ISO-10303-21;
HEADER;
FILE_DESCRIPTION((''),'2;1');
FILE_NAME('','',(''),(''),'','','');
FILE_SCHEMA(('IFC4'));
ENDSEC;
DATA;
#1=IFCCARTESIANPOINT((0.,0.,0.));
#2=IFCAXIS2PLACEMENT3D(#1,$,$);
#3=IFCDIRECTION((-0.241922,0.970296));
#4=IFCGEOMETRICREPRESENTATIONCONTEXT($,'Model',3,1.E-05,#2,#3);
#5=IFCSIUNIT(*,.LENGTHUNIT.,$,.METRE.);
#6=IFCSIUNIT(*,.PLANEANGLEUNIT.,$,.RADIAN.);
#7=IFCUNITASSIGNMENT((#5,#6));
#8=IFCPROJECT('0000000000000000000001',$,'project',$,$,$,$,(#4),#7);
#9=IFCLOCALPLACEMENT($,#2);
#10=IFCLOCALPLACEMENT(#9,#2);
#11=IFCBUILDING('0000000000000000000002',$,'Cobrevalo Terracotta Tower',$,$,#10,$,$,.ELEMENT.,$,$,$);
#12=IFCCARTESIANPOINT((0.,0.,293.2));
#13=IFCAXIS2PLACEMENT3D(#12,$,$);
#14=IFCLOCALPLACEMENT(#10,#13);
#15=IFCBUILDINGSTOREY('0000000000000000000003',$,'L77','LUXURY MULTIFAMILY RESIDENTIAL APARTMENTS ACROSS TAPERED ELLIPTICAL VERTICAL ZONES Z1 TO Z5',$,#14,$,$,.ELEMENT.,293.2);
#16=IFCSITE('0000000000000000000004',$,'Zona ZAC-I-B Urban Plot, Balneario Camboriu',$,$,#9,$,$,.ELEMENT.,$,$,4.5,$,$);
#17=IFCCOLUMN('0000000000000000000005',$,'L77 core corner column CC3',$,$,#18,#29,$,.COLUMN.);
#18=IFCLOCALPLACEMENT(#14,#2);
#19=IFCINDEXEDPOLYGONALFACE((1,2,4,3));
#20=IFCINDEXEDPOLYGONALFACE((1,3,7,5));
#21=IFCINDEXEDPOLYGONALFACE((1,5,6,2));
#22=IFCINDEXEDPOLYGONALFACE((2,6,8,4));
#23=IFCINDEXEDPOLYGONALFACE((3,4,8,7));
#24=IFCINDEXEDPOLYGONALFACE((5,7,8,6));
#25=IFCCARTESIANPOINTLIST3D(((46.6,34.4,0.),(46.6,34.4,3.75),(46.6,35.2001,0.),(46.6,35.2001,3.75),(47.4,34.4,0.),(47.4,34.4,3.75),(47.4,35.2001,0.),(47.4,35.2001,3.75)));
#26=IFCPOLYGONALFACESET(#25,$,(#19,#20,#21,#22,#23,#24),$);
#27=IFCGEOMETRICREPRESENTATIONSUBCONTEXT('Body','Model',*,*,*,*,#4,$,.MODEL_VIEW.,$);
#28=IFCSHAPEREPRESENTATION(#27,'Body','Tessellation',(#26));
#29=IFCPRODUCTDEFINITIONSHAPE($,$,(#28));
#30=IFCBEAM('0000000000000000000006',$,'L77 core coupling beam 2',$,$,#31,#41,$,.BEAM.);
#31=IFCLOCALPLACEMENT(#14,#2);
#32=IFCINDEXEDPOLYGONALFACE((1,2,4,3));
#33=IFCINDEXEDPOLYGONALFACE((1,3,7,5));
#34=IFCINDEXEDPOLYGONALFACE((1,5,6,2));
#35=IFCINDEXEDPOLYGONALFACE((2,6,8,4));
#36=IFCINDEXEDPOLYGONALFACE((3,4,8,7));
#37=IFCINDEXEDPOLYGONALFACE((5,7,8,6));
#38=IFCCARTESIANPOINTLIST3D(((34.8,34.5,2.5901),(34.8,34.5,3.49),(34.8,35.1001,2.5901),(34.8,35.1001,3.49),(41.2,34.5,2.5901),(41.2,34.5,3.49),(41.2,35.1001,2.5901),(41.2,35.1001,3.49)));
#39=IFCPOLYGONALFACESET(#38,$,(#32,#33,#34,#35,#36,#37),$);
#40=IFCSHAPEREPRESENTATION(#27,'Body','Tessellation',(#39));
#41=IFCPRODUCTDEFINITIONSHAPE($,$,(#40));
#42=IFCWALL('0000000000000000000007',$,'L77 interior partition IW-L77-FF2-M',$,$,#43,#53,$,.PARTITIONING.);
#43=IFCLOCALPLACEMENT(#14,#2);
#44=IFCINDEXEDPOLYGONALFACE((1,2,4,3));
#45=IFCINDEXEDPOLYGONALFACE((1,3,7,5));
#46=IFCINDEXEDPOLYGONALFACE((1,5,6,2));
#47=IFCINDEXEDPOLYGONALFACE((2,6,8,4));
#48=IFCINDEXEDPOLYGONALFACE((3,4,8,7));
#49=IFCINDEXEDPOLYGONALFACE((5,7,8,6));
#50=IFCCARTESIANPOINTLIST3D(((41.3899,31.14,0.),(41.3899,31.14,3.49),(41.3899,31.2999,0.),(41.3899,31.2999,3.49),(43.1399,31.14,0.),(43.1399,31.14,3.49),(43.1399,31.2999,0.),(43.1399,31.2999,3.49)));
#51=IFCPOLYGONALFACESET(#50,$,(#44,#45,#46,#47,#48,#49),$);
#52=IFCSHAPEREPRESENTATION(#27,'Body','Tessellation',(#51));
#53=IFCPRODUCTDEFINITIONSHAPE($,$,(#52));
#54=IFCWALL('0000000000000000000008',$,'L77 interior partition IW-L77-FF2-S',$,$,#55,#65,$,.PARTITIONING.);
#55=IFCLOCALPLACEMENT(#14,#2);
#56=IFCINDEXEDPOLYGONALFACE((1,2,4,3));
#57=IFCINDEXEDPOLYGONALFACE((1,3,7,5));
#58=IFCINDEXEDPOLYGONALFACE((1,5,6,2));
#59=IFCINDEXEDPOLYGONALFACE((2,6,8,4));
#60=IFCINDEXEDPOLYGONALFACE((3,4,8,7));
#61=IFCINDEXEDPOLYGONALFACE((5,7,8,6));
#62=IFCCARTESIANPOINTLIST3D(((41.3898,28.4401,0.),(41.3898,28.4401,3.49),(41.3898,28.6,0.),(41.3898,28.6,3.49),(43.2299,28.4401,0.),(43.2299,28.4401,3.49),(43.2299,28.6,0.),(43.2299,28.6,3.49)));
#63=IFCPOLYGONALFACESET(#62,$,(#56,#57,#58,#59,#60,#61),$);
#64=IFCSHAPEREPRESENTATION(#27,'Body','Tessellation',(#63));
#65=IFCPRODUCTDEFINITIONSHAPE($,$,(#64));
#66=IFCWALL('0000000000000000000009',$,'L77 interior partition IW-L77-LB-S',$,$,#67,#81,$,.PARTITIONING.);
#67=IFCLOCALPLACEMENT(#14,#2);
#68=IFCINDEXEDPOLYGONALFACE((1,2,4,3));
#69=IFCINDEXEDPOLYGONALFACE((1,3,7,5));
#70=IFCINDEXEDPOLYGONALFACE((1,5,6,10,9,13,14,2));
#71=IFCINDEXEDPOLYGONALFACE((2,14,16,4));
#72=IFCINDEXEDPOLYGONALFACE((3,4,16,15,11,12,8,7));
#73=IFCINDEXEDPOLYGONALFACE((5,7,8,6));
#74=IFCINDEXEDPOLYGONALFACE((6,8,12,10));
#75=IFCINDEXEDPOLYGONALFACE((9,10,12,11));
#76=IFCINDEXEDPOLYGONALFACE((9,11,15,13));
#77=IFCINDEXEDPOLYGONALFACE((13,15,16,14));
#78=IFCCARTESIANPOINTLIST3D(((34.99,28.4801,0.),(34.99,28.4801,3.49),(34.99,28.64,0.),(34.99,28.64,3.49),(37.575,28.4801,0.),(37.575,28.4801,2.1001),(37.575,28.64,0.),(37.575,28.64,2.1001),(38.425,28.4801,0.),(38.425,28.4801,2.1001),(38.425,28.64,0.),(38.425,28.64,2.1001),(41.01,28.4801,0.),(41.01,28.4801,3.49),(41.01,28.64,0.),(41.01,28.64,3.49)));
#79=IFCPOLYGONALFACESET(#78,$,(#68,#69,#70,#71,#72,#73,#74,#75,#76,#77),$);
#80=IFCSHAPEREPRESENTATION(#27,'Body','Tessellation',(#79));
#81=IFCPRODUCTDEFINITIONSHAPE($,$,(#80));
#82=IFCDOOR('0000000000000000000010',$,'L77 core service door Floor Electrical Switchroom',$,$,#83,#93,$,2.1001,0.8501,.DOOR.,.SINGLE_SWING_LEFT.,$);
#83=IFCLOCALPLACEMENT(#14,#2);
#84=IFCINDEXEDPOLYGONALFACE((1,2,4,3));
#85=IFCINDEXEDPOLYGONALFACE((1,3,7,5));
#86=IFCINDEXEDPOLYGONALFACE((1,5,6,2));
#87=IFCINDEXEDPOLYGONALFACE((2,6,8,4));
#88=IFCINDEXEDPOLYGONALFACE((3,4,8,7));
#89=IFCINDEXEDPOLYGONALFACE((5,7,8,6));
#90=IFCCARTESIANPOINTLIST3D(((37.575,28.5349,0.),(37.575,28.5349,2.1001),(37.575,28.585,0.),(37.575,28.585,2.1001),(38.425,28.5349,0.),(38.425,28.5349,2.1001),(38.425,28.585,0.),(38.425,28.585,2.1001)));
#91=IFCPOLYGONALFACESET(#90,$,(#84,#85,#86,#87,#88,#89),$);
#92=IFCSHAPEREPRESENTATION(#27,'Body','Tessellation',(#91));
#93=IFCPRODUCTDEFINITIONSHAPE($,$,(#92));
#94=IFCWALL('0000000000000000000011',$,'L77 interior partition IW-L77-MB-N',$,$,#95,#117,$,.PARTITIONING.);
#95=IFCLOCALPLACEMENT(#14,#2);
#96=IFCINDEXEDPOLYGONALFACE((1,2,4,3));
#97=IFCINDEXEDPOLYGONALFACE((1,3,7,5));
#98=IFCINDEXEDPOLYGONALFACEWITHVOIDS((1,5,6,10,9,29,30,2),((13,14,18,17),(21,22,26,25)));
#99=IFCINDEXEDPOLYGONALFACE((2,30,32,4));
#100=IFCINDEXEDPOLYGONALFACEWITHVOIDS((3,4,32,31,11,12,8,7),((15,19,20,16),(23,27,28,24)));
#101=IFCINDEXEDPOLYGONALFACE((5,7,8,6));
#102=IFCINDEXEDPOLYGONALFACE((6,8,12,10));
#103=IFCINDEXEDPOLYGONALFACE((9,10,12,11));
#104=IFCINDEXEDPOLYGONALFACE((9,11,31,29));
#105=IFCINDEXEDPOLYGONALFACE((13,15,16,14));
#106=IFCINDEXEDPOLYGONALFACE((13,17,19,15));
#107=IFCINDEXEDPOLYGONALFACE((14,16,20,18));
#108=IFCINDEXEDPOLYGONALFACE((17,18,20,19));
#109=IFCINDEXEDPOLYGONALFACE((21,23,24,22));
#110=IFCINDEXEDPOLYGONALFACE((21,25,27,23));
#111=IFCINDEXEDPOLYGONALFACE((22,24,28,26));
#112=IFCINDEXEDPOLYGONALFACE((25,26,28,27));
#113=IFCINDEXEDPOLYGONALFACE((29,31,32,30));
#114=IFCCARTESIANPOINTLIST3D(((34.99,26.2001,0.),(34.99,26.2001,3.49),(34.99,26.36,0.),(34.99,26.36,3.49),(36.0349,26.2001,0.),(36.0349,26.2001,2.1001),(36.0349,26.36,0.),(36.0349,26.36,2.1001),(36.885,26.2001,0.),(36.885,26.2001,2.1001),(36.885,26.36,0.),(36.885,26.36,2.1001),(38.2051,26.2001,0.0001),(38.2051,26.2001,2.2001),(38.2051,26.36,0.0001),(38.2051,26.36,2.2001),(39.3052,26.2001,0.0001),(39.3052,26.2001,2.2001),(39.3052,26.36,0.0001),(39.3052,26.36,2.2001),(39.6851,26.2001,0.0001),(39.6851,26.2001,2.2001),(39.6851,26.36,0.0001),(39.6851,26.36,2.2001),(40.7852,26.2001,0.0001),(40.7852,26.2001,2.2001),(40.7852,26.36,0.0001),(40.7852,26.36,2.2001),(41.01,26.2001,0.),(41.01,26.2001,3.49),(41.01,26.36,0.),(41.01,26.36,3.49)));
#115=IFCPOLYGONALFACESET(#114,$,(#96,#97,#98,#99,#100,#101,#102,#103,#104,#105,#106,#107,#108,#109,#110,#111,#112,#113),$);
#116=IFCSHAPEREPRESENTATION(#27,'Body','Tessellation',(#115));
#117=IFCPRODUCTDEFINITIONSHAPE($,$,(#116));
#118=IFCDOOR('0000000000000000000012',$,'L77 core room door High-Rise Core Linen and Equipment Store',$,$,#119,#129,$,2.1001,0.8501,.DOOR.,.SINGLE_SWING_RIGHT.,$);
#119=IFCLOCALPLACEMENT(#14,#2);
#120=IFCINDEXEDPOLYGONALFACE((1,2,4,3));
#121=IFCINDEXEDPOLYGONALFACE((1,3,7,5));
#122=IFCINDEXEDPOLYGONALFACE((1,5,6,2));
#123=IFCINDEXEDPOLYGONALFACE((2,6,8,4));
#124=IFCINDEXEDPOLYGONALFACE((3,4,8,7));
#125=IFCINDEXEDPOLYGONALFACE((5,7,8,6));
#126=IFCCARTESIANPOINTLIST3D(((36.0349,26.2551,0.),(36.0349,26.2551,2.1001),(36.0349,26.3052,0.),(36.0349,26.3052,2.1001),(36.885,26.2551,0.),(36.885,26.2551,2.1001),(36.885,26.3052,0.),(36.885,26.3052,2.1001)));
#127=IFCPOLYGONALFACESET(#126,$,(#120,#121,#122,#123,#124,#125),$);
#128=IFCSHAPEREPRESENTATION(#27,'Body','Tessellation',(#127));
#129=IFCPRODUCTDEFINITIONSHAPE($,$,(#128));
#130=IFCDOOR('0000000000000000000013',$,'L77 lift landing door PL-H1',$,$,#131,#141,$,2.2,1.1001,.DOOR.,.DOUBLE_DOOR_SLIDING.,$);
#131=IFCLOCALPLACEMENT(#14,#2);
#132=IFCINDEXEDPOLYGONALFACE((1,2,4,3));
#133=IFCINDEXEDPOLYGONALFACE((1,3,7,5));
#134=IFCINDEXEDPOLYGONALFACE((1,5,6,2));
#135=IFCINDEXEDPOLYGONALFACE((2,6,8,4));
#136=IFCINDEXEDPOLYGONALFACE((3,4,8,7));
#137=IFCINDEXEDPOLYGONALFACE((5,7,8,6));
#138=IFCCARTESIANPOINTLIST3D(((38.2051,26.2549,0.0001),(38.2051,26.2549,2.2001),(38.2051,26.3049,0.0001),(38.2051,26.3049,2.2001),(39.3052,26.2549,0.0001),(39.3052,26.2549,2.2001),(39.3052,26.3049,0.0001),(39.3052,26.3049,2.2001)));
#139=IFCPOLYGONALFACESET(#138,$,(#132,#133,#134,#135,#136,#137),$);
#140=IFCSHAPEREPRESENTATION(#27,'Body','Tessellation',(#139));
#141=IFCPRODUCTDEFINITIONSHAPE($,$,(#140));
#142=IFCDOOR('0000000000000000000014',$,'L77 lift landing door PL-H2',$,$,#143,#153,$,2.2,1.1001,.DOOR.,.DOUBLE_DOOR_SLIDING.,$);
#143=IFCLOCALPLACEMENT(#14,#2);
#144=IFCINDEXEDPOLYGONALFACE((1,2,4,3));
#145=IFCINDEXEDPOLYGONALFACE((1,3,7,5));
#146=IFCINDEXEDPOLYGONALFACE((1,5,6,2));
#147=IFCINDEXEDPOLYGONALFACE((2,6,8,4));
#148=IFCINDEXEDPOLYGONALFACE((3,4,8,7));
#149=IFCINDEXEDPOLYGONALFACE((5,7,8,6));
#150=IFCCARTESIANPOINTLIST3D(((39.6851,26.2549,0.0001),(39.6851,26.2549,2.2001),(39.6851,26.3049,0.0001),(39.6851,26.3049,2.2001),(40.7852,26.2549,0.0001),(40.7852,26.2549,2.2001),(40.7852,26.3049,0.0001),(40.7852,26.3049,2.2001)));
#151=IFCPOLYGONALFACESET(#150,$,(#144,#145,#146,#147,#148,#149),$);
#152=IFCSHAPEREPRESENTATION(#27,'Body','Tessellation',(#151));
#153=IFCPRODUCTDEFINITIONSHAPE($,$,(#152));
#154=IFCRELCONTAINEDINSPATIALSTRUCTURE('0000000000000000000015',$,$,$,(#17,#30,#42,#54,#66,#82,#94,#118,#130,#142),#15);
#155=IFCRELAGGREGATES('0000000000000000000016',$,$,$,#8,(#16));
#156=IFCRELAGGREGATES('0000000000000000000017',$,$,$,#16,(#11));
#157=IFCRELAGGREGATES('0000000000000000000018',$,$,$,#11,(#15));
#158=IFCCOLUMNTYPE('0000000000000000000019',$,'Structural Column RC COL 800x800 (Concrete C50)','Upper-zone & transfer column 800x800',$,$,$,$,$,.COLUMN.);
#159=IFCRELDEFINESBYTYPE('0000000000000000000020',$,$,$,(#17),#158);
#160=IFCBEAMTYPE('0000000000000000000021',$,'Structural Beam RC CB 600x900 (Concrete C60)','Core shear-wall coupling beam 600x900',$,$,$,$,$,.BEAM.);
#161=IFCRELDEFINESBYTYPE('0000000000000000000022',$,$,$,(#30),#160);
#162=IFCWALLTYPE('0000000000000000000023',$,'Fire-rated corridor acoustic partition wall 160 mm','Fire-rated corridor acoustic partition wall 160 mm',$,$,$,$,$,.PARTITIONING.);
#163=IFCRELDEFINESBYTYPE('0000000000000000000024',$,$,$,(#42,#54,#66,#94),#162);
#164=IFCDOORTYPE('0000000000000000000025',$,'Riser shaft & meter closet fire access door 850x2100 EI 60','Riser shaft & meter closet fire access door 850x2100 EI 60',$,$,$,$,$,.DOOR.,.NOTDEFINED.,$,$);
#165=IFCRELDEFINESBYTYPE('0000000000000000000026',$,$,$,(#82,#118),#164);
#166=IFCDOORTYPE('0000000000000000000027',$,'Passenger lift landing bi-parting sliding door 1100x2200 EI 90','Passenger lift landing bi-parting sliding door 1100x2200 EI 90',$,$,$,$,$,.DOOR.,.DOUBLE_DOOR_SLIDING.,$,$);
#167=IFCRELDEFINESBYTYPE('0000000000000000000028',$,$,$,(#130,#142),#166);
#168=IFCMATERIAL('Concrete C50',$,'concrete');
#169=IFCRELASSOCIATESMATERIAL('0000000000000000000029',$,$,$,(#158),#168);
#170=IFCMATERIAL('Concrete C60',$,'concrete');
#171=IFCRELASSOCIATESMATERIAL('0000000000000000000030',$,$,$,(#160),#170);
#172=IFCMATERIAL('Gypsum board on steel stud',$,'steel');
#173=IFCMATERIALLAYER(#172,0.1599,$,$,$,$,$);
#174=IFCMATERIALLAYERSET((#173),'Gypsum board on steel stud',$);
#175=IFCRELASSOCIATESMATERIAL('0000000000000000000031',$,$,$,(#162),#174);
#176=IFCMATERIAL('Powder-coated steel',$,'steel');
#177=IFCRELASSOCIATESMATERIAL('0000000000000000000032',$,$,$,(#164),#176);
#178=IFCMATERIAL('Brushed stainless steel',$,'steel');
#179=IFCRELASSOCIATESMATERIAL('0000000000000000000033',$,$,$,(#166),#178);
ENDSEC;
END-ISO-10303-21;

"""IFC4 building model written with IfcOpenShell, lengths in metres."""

from ifc_helpers import new_model, si_unit, direction, frame, frame_2d, origin, origin_2d, place, context, subcontext, project, spatial, rectangle, extrude, source, transform, mapped, material, layer, layer_set, material_profile, profile_set, type_object, element, fill, save


model = new_model("IFC4")

# Units and contexts
model_context = context("Model", 3, precision=1e-05, world=origin(), true_north=direction((-0.241922, 0.970296)))
body_context = subcontext(model_context, "Body", "Model", "MODEL_VIEW")
ifc_project = project(units=[si_unit("LENGTHUNIT", "METRE"), si_unit("PLANEANGLEUNIT", "RADIAN")], contexts=[model_context])

# Site, building, storey
site_placement = place(None, origin())
site = spatial("IfcSite", under=ifc_project, at=site_placement, Name="Zona ZAC-I-B Urban Plot, Balneario Camboriu", CompositionType="ELEMENT", RefElevation=4.5)
building_placement = place(site_placement, origin())
building = spatial("IfcBuilding", under=site, at=building_placement, Name="Cobrevalo Terracotta Tower", CompositionType="ELEMENT")
storey_placement = place(building_placement, frame((0.0, 0.0, 293.2)))
storey = spatial("IfcBuildingStorey", under=building, at=storey_placement, Name="L77", Description="LUXURY MULTIFAMILY RESIDENTIAL APARTMENTS ACROSS TAPERED ELLIPTICAL VERTICAL ZONES Z1 TO Z5", CompositionType="ELEMENT", Elevation=293.2)

# Column
ifc_material_1 = material(Name="Concrete C50", Category="concrete")
ifc_material_profile_1 = material_profile(ifc_material_1, rectangle(XDim=0.8, YDim=0.8, at=origin_2d()), Name="RC COL 800x800")
ifc_profile_set_1 = profile_set([ifc_material_profile_1], Name="Concrete C50")
column_type = type_object("IfcColumnType", Name="Structural Column RC COL 800x800 (Concrete C50)", Description="Upper-zone & transfer column 800x800", PredefinedType="COLUMN", material=ifc_profile_set_1)
column_placement = place(storey_placement, frame((47.0, 34.8, 0.0), z_axis=(0.0, 0.0, 1.0), x_axis=(1.0, 0.0, 0.0)))
element("IfcColumn", 1, at=column_placement, inside=storey, type_object=column_type, Name="L77 core corner column CC3", PredefinedType="COLUMN", context=body_context, shape_type="SweptSolid", body=[
    extrude(rectangle(XDim=0.8, YDim=0.8, at=origin_2d()), origin(), (0.0, 0.0, 1.0), 3.75),
])

# Beam
ifc_material_2 = material(Name="Concrete C60", Category="concrete")
ifc_material_profile_2 = material_profile(ifc_material_2, rectangle(XDim=0.6001, YDim=0.8999, at=origin_2d()), Name="RC CB 600x900")
ifc_profile_set_2 = profile_set([ifc_material_profile_2], Name="Concrete C60")
beam_type = type_object("IfcBeamType", Name="Structural Beam RC CB 600x900 (Concrete C60)", Description="Core shear-wall coupling beam 600x900", PredefinedType="BEAM", material=ifc_profile_set_2)
beam_placement = place(storey_placement, frame((34.8, 34.8, 3.04), z_axis=(1.0, 0.0, 0.0), x_axis=(0.0, 1.0, 0.0)))
element("IfcBeam", 2, at=beam_placement, inside=storey, type_object=beam_type, Name="L77 core coupling beam 2", PredefinedType="BEAM", context=body_context, shape_type="SweptSolid", body=[
    extrude(rectangle(XDim=0.6001, YDim=0.8999, at=origin_2d()), origin(), (0.0, 0.0, 1.0), 6.3999),
])

# Walls
ifc_material_3 = material(Name="Gypsum board on steel stud", Category="steel")
ifc_layer_1 = layer(ifc_material_3, 0.1599)
ifc_layer_set_1 = layer_set([ifc_layer_1], Name="Gypsum board on steel stud")
wall_type_1 = type_object("IfcWallType", Name="Fire-rated corridor acoustic partition wall 160 mm", Description="Fire-rated corridor acoustic partition wall 160 mm", PredefinedType="PARTITIONING", material=ifc_layer_set_1)
wall_1_placement = place(storey_placement, frame((41.3899, 31.22, 0.0), z_axis=(0.0, 0.0, 1.0), x_axis=(1.0, 0.0, 0.0)))
element("IfcWall", 3, at=wall_1_placement, inside=storey, type_object=wall_type_1, Name="L77 interior partition IW-L77-FF2-M", PredefinedType="PARTITIONING", context=body_context, shape_type="SweptSolid", body=[
    extrude(rectangle(XDim=1.75, YDim=0.1599, at=frame_2d((0.875, 0.0))), origin(), (0.0, 0.0, 1.0), 3.49),
])
wall_2_placement = place(storey_placement, frame((41.3899, 28.52, 0.0), z_axis=(0.0, 0.0, 1.0), x_axis=(1.0, 0.0, 0.0)))
element("IfcWall", 4, at=wall_2_placement, inside=storey, type_object=wall_type_1, Name="L77 interior partition IW-L77-FF2-S", PredefinedType="PARTITIONING", context=body_context, shape_type="SweptSolid", body=[
    extrude(rectangle(XDim=1.8401, YDim=0.1599, at=frame_2d((0.9199, 0.0))), origin(), (0.0, 0.0, 1.0), 3.49),
])

# Wall, opening, door
wall_3_placement = place(storey_placement, frame((34.99, 28.5601, 0.0), z_axis=(0.0, 0.0, 1.0), x_axis=(1.0, 0.0, 0.0)))
wall_3 = element("IfcWall", 5, at=wall_3_placement, inside=storey, type_object=wall_type_1, Name="L77 interior partition IW-L77-LB-S", PredefinedType="PARTITIONING", context=body_context, shape_type="SweptSolid", body=[
    extrude(rectangle(XDim=6.02, YDim=0.1599, at=frame_2d((3.01, 0.0))), origin(), (0.0, 0.0, 1.0), 3.49),
])
opening_1_placement = place(wall_3_placement, frame((2.585, 0.0, 0.0)))
opening_1 = element("IfcOpeningElement", 6, at=opening_1_placement, cuts=wall_3, PredefinedType="OPENING", context=body_context, shape_type="SweptSolid", body=[
    extrude(rectangle(XDim=0.8501, YDim=2.1001, at=frame_2d((0.425, 1.05))), frame((0.0, 0.0898, 0.0), z_axis=(0.0, -1.0, 0.0), x_axis=(1.0, 0.0, 0.0)), (0.0, 0.0, 1.0), 0.1799),
])
ifc_material_4 = material(Name="Powder-coated steel", Category="steel")
door_type_1 = type_object("IfcDoorType", Name="Riser shaft & meter closet fire access door 850x2100 EI 60", Description="Riser shaft & meter closet fire access door 850x2100 EI 60", OperationType="NOTDEFINED", PredefinedType="DOOR", material=ifc_material_4)
shared_shape_1 = source(origin(), body_context, "Body", "SweptSolid", [
    extrude(rectangle(XDim=0.8501, YDim=2.1001, at=frame_2d((0.425, 1.05))), frame((0.0, 0.0249, 0.0), z_axis=(0.0, -1.0, 0.0), x_axis=(1.0, 0.0, 0.0)), (0.0, 0.0, 1.0), 0.05),
])
door_1_placement = place(opening_1_placement, origin())
door_1 = element("IfcDoor", 7, at=door_1_placement, inside=storey, type_object=door_type_1, Name="L77 core service door Floor Electrical Switchroom", OperationType="SINGLE_SWING_LEFT", OverallHeight=2.1001, OverallWidth=0.8501, PredefinedType="DOOR", context=body_context, shape_type="MappedRepresentation", body=[
    mapped(shared_shape_1, transform((0.0, 0.0, 0.0), scale=1.0)),
])
fill(opening_1, door_1)

# Wall, openings, doors
wall_4_placement = place(storey_placement, frame((34.99, 26.28, 0.0), z_axis=(0.0, 0.0, 1.0), x_axis=(1.0, 0.0, 0.0)))
wall_4 = element("IfcWall", 8, at=wall_4_placement, inside=storey, type_object=wall_type_1, Name="L77 interior partition IW-L77-MB-N", PredefinedType="PARTITIONING", context=body_context, shape_type="SweptSolid", body=[
    extrude(rectangle(XDim=6.02, YDim=0.1599, at=frame_2d((3.01, 0.0))), origin(), (0.0, 0.0, 1.0), 3.49),
])
opening_2_placement = place(wall_4_placement, frame((1.0449, 0.0, 0.0)))
opening_2 = element("IfcOpeningElement", 9, at=opening_2_placement, cuts=wall_4, PredefinedType="OPENING", context=body_context, shape_type="SweptSolid", body=[
    extrude(rectangle(XDim=0.8501, YDim=2.1001, at=frame_2d((0.425, 1.05))), frame((0.0, 0.0898, 0.0), z_axis=(0.0, -1.0, 0.0), x_axis=(1.0, 0.0, 0.0)), (0.0, 0.0, 1.0), 0.1799),
])
opening_3_placement = place(wall_4_placement, frame((3.2151, 0.0, 0.0)))
opening_3 = element("IfcOpeningElement", 10, at=opening_3_placement, cuts=wall_4, PredefinedType="OPENING", context=body_context, shape_type="SweptSolid", body=[
    extrude(rectangle(XDim=1.1001, YDim=2.2, at=frame_2d((0.55, 1.1001))), frame((0.0, 0.0898, 0.0), z_axis=(0.0, -1.0, 0.0), x_axis=(1.0, 0.0, 0.0)), (0.0, 0.0, 1.0), 0.1799),
])
opening_4_placement = place(wall_4_placement, frame((4.6951, 0.0, 0.0)))
opening_4 = element("IfcOpeningElement", 11, at=opening_4_placement, cuts=wall_4, PredefinedType="OPENING", context=body_context, shape_type="SweptSolid", body=[
    extrude(rectangle(XDim=1.1001, YDim=2.2, at=frame_2d((0.55, 1.1001))), frame((0.0, 0.0898, 0.0), z_axis=(0.0, -1.0, 0.0), x_axis=(1.0, 0.0, 0.0)), (0.0, 0.0, 1.0), 0.1799),
])
door_2_placement = place(opening_2_placement, frame((0.8501, 0.0, 0.0), z_axis=(0.0, 0.0, 1.0), x_axis=(-1.0, 0.0, 0.0)))
door_2 = element("IfcDoor", 12, at=door_2_placement, inside=storey, type_object=door_type_1, Name="L77 core room door High-Rise Core Linen and Equipment Store", OperationType="SINGLE_SWING_RIGHT", OverallHeight=2.1001, OverallWidth=0.8501, PredefinedType="DOOR", context=body_context, shape_type="MappedRepresentation", body=[
    mapped(shared_shape_1, transform((0.0, 0.0, 0.0), scale=1.0)),
])
fill(opening_2, door_2)
ifc_material_5 = material(Name="Brushed stainless steel", Category="steel")
door_type_2 = type_object("IfcDoorType", Name="Passenger lift landing bi-parting sliding door 1100x2200 EI 90", Description="Passenger lift landing bi-parting sliding door 1100x2200 EI 90", OperationType="DOUBLE_DOOR_SLIDING", PredefinedType="DOOR", material=ifc_material_5)
shared_shape_2 = source(origin(), body_context, "Body", "SweptSolid", [
    extrude(rectangle(XDim=1.1001, YDim=2.2, at=frame_2d((0.55, 1.1001))), frame((0.0, 0.0249, 0.0), z_axis=(0.0, -1.0, 0.0), x_axis=(1.0, 0.0, 0.0)), (0.0, 0.0, 1.0), 0.05),
])
door_3_placement = place(opening_3_placement, origin())
door_3 = element("IfcDoor", 13, at=door_3_placement, inside=storey, type_object=door_type_2, Name="L77 lift landing door PL-H1", OperationType="DOUBLE_DOOR_SLIDING", OverallHeight=2.2, OverallWidth=1.1001, PredefinedType="DOOR", context=body_context, shape_type="MappedRepresentation", body=[
    mapped(shared_shape_2, transform((0.0, 0.0, 0.0), scale=1.0)),
])
fill(opening_3, door_3)
door_4_placement = place(opening_4_placement, origin())
door_4 = element("IfcDoor", 14, at=door_4_placement, inside=storey, type_object=door_type_2, Name="L77 lift landing door PL-H2", OperationType="DOUBLE_DOOR_SLIDING", OverallHeight=2.2, OverallWidth=1.1001, PredefinedType="DOOR", context=body_context, shape_type="MappedRepresentation", body=[
    mapped(shared_shape_2, transform((0.0, 0.0, 0.0), scale=1.0)),
])
fill(opening_4, door_4)

save(model, "model.ifc")
